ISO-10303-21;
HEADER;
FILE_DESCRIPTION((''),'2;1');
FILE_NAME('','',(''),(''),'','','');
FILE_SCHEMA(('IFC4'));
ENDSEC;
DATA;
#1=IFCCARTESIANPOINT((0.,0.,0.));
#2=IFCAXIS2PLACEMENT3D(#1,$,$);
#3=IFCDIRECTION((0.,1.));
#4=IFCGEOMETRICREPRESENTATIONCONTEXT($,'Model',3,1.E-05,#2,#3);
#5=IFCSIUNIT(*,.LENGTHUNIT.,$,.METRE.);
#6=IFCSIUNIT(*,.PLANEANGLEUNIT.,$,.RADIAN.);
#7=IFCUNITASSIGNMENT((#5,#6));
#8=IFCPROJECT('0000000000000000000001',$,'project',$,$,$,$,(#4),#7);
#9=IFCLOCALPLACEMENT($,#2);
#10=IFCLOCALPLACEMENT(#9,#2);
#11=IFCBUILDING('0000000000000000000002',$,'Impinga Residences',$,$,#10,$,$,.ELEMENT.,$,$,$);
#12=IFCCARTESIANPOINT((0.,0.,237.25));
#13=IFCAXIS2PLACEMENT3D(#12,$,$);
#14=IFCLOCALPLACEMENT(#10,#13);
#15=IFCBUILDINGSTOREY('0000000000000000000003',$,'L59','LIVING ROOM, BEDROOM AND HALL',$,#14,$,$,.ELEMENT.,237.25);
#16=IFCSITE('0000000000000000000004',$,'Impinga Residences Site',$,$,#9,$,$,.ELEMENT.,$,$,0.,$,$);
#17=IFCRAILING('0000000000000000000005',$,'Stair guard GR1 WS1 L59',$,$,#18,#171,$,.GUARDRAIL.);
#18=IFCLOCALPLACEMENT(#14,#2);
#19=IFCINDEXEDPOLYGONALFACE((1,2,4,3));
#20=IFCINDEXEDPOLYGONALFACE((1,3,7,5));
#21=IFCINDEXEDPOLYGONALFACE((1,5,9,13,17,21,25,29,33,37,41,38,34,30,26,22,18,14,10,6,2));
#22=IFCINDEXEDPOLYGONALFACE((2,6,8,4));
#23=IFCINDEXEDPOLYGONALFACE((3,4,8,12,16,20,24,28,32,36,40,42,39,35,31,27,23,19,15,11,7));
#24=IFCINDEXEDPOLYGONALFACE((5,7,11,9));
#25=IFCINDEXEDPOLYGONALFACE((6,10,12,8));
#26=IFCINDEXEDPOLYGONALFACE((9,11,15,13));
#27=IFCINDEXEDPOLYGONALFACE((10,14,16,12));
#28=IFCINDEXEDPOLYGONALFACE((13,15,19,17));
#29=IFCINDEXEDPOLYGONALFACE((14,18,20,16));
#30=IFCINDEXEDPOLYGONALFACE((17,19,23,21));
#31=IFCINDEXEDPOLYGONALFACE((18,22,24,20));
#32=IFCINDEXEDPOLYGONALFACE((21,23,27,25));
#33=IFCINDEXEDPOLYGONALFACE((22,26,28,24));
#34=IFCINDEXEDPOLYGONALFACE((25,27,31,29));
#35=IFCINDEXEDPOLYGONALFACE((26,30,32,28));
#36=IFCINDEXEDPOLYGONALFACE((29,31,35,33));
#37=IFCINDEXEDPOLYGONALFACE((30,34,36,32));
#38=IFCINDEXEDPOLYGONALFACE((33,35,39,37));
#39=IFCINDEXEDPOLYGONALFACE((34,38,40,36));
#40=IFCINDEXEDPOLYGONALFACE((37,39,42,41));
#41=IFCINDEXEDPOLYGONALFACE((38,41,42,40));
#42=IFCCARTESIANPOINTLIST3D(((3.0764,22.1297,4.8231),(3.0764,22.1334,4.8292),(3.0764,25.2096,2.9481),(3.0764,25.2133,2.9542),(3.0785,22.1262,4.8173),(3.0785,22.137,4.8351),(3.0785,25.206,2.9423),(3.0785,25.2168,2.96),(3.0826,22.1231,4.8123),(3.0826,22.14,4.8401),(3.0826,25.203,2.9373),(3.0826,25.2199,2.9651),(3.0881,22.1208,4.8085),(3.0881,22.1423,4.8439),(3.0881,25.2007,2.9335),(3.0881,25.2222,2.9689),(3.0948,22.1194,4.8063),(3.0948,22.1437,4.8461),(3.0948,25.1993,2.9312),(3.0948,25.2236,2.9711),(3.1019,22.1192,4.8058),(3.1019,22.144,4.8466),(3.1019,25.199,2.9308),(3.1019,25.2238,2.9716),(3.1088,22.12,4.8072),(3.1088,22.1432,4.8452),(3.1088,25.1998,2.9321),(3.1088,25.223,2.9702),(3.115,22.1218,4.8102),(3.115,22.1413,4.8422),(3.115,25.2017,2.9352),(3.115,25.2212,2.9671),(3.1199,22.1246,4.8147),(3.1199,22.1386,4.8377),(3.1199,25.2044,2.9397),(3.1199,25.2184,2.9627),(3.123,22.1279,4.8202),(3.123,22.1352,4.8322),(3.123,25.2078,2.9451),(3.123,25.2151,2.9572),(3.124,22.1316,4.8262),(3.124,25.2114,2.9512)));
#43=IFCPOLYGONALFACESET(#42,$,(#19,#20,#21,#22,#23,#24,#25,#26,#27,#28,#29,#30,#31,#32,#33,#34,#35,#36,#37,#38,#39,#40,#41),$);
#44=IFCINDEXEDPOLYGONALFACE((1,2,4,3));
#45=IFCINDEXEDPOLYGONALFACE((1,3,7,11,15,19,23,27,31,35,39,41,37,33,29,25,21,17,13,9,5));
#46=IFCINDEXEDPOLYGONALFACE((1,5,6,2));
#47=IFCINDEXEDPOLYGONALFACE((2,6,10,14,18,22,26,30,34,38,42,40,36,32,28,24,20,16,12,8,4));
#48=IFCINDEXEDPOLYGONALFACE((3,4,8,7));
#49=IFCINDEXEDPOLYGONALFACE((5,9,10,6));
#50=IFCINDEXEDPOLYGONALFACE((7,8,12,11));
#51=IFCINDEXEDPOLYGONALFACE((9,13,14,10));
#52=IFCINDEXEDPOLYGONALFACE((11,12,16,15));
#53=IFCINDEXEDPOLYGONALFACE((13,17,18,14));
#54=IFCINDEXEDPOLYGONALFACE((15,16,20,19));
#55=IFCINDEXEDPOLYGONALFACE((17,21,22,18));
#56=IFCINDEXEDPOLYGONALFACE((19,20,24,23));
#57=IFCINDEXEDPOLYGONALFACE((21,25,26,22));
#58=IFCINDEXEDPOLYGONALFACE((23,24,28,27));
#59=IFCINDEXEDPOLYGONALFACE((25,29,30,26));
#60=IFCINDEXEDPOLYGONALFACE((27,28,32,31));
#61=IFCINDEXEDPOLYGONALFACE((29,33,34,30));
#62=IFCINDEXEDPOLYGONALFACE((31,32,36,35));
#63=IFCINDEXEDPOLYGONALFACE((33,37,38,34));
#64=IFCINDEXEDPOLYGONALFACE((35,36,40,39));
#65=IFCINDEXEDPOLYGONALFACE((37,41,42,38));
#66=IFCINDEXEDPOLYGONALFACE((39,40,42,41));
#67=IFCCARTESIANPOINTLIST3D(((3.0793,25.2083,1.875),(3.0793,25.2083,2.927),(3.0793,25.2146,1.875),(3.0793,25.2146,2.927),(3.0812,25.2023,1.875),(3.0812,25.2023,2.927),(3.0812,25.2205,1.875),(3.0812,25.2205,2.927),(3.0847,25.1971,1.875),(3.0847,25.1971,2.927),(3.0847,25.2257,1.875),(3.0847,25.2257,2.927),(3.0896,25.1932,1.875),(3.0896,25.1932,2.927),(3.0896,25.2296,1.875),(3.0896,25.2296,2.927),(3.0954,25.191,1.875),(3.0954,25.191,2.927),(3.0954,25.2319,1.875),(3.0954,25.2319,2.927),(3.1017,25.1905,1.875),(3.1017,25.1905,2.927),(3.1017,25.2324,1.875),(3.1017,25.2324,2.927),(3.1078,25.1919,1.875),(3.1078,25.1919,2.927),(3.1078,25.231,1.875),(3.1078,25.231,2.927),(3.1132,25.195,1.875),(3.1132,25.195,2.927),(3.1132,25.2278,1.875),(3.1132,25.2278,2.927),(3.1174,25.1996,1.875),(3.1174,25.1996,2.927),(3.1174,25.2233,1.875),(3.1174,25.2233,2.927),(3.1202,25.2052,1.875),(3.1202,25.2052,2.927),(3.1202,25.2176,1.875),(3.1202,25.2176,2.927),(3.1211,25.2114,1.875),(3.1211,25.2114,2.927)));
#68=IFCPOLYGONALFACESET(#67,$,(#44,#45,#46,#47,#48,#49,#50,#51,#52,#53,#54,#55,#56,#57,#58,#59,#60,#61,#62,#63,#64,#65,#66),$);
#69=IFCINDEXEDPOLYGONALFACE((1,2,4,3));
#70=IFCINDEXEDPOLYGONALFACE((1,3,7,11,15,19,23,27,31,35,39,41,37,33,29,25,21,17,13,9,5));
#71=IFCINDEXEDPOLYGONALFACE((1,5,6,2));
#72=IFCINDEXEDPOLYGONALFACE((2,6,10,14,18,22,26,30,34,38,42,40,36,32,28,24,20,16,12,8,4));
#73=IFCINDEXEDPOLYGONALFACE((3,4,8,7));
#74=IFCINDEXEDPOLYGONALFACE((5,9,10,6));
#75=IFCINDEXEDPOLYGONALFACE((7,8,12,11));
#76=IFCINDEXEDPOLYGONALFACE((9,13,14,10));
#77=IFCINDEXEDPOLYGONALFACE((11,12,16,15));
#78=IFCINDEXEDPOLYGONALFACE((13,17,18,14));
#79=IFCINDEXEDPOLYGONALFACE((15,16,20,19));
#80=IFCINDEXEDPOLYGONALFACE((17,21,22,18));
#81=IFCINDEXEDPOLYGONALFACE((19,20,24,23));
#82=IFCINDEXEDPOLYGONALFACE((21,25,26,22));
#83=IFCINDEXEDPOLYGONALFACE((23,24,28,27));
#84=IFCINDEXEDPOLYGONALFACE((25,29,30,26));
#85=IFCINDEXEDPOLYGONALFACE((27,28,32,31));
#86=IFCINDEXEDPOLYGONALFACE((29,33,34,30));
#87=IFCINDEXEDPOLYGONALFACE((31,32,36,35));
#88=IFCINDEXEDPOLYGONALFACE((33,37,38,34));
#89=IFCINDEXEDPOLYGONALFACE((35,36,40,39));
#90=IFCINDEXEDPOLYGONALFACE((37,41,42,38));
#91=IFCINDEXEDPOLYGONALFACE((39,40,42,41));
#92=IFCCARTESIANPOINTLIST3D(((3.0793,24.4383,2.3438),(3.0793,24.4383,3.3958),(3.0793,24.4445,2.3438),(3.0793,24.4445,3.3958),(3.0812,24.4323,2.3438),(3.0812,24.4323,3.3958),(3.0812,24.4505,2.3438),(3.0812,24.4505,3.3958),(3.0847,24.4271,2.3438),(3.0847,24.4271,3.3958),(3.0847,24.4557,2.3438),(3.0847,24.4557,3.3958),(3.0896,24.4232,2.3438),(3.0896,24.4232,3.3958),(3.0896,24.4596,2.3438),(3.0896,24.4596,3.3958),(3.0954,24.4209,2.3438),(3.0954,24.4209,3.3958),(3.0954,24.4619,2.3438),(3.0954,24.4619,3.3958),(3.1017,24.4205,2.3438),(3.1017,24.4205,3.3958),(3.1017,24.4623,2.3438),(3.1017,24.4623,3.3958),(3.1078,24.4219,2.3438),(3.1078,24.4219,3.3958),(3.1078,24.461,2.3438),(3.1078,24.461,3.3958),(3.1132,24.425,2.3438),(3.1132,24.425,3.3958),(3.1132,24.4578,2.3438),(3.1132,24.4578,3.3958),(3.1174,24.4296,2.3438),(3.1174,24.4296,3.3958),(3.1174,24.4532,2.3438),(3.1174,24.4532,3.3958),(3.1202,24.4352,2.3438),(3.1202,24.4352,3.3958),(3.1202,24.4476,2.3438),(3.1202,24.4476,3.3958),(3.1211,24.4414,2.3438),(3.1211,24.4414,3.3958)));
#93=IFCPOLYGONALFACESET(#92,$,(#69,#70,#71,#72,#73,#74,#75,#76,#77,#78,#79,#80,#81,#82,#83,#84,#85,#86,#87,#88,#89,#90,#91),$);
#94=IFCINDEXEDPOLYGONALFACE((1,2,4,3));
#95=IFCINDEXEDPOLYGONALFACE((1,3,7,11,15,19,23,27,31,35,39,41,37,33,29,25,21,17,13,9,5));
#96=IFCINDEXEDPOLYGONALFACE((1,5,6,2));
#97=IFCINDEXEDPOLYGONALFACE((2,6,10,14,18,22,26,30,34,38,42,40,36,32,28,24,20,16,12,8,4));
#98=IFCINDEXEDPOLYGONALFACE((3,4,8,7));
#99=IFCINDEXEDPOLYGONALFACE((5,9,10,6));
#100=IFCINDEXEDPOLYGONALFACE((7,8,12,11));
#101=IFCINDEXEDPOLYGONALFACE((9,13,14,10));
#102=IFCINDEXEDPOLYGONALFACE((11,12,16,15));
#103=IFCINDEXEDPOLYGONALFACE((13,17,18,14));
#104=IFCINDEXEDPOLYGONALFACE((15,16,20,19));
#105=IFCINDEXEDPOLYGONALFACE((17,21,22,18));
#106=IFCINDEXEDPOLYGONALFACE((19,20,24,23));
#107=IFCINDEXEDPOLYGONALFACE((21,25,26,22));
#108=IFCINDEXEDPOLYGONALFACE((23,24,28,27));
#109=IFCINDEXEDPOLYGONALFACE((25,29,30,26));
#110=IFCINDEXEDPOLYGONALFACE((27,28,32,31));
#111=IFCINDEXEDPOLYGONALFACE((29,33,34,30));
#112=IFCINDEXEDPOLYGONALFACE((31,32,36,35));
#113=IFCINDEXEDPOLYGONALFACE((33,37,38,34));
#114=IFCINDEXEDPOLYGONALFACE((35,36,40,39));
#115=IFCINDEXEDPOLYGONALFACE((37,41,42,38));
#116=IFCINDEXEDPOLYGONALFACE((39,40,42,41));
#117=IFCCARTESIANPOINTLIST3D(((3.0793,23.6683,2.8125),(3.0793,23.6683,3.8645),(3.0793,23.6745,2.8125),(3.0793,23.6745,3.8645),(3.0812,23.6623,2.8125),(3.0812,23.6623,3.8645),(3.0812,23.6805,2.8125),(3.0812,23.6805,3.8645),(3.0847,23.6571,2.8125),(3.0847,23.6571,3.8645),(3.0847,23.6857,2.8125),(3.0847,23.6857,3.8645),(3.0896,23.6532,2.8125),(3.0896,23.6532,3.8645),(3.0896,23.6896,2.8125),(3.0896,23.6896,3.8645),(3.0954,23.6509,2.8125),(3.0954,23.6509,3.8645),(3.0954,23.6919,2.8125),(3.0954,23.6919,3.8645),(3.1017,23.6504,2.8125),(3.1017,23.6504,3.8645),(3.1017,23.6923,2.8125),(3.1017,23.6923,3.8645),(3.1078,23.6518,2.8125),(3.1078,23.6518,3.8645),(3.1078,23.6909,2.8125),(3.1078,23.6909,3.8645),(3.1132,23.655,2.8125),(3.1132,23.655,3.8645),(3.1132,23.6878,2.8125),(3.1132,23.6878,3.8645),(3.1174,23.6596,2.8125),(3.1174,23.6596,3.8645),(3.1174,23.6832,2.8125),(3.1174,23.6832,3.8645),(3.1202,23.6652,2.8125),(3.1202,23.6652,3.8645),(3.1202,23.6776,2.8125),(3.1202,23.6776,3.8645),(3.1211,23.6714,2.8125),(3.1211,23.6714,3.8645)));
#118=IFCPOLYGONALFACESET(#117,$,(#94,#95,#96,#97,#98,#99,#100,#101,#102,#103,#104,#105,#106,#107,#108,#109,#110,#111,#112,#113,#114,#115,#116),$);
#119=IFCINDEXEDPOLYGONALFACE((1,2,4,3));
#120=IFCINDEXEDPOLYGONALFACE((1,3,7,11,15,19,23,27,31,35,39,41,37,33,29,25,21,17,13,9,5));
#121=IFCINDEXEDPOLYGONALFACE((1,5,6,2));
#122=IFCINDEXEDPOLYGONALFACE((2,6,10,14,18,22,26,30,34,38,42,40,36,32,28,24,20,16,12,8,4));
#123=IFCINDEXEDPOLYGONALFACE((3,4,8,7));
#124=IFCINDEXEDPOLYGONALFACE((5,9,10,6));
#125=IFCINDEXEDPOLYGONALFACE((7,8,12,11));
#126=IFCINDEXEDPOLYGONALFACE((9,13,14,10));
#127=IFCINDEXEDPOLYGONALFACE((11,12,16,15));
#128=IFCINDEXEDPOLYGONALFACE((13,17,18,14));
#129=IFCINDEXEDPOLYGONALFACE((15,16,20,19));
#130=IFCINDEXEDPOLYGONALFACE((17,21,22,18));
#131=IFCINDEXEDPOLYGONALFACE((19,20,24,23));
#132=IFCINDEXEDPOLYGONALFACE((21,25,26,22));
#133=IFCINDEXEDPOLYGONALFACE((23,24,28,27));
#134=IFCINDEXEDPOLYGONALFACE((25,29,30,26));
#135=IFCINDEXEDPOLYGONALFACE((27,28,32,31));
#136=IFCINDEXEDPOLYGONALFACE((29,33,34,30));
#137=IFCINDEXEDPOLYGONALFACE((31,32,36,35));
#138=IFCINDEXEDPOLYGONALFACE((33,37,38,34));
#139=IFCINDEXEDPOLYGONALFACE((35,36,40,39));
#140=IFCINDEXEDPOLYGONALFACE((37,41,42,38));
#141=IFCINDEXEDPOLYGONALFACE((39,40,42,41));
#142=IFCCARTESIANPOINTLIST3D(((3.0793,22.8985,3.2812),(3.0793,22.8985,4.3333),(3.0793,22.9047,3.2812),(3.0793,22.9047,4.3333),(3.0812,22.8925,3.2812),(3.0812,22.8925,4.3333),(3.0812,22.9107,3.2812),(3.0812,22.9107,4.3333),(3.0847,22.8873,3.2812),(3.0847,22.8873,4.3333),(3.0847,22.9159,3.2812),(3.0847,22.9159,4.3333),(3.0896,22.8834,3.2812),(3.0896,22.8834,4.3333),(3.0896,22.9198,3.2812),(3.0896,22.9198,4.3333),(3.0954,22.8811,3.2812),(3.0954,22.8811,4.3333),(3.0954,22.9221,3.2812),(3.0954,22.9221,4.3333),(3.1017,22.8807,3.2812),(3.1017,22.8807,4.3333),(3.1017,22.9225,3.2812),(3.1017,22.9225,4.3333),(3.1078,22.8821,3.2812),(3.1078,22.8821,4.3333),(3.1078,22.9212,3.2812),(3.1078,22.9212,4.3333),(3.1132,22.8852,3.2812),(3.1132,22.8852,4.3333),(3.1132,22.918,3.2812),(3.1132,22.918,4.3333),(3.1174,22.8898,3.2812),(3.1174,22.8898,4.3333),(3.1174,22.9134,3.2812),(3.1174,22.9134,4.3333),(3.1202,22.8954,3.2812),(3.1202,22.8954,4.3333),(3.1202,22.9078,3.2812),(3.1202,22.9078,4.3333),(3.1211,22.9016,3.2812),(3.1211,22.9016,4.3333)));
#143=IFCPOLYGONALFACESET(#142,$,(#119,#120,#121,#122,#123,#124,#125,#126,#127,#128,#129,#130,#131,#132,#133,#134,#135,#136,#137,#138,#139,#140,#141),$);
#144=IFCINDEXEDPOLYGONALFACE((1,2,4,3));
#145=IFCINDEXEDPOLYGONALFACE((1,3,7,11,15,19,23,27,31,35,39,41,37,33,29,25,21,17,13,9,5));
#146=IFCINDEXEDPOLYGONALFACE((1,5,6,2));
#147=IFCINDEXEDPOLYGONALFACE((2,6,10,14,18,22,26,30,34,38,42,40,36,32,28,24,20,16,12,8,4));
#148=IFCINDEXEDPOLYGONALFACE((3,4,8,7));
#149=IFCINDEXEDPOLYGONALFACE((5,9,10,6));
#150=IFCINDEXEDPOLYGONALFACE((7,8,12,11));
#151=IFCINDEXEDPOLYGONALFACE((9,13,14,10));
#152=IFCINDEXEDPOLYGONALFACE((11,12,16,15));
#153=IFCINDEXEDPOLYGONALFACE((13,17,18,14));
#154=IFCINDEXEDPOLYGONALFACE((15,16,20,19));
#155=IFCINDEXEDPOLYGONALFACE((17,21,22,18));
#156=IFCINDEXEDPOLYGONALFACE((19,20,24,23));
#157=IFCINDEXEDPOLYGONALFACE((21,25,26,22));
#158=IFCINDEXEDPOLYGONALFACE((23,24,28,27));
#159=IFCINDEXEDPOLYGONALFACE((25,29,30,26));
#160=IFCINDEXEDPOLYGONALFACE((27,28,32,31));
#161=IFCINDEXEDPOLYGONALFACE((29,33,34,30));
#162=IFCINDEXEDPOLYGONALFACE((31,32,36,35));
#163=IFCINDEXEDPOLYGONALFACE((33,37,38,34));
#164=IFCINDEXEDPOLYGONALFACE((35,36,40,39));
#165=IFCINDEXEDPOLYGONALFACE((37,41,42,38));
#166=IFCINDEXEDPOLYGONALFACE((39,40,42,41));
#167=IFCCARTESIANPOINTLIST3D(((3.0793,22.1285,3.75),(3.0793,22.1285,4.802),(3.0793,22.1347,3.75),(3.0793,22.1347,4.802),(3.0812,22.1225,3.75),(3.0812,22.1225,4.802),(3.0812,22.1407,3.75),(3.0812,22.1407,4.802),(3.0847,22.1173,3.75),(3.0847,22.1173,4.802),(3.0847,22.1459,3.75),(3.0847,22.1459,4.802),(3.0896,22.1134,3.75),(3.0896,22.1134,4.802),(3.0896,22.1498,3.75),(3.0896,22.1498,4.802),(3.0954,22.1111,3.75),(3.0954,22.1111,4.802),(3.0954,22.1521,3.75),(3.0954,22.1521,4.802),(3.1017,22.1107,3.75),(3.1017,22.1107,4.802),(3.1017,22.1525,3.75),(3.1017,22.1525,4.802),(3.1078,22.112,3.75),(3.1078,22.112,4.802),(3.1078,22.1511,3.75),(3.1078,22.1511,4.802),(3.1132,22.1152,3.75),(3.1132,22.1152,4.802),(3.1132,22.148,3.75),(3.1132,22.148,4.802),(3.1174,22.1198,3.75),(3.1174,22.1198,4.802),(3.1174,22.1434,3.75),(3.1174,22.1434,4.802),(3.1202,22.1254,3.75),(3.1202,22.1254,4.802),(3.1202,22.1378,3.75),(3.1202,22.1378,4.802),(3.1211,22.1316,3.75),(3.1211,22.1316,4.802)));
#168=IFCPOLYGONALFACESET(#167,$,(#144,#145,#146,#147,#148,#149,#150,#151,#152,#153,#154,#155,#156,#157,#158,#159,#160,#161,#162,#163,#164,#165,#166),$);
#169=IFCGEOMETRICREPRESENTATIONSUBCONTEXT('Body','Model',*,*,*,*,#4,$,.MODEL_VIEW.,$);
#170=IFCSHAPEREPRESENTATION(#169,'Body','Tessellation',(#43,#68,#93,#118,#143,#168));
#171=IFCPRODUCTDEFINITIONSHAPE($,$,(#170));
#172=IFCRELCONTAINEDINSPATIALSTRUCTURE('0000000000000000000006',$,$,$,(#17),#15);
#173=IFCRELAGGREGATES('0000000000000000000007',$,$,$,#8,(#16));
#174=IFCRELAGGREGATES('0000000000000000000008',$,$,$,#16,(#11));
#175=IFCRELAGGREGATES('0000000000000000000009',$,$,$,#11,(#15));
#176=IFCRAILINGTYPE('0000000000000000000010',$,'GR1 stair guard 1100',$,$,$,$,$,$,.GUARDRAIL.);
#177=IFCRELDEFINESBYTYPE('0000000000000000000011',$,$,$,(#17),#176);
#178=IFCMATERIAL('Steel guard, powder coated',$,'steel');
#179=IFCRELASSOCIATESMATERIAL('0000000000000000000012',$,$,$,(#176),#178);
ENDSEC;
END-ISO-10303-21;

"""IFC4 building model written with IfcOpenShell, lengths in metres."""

from ifc_helpers import new_model, si_unit, direction, frame, origin, origin_2d, place, context, subcontext, project, spatial, circle, extrude, material, type_object, element, save


model = new_model("IFC4")

# Units and contexts
model_context = context("Model", 3, precision=1e-05, world=origin(), true_north=direction((0.0, 1.0)))
body_context = subcontext(model_context, "Body", "Model", "MODEL_VIEW")
ifc_project = project(units=[si_unit("LENGTHUNIT", "METRE"), si_unit("PLANEANGLEUNIT", "RADIAN")], contexts=[model_context])

# Site, building, storey
site_placement = place(None, origin())
site = spatial("IfcSite", under=ifc_project, at=site_placement, Name="Impinga Residences Site", CompositionType="ELEMENT", RefElevation=0.0)
building_placement = place(site_placement, origin())
building = spatial("IfcBuilding", under=site, at=building_placement, Name="Impinga Residences", CompositionType="ELEMENT")
storey_placement = place(building_placement, frame((0.0, 0.0, 237.25)))
storey = spatial("IfcBuildingStorey", under=building, at=storey_placement, Name="L59", Description="LIVING ROOM, BEDROOM AND HALL", CompositionType="ELEMENT", Elevation=237.25)

# Railing
ifc_material_1 = material(Name="Steel guard, powder coated", Category="steel")
railing_type_1 = type_object("IfcRailingType", Name="GR1 stair guard 1100", PredefinedType="GUARDRAIL", material=ifc_material_1)
railing_1_placement = place(storey_placement, frame((3.1001, 25.2114, 1.875)))
element("IfcRailing", 1, at=railing_1_placement, inside=storey, type_object=railing_type_1, Name="Stair guard GR1 WS1 L59", PredefinedType="GUARDRAIL", context=body_context, shape_type="SweptSolid", body=[
    extrude(circle(Radius=0.0239, at=origin_2d()), frame((0.0, 0.0, 1.0762), z_axis=(0.0, -0.854159, 0.520011), x_axis=(1.0, 0.0, 0.0)), (0.0, 0.0, 1.0), 3.6057),
    extrude(circle(Radius=0.021, at=origin_2d()), origin(), (0.0, 0.0, 1.0), 1.052),
    extrude(circle(Radius=0.021, at=origin_2d()), frame((0.0, -0.77, 0.4688)), (0.0, 0.0, 1.0), 1.052),
    extrude(circle(Radius=0.021, at=origin_2d()), frame((0.0, -1.54, 0.9375)), (0.0, 0.0, 1.0), 1.052),
    extrude(circle(Radius=0.021, at=origin_2d()), frame((0.0, -2.3098, 1.4062)), (0.0, 0.0, 1.0), 1.052),
    extrude(circle(Radius=0.021, at=origin_2d()), frame((0.0, -3.0798, 1.875)), (0.0, 0.0, 1.0), 1.052),
])

save(model, "model.ifc")
